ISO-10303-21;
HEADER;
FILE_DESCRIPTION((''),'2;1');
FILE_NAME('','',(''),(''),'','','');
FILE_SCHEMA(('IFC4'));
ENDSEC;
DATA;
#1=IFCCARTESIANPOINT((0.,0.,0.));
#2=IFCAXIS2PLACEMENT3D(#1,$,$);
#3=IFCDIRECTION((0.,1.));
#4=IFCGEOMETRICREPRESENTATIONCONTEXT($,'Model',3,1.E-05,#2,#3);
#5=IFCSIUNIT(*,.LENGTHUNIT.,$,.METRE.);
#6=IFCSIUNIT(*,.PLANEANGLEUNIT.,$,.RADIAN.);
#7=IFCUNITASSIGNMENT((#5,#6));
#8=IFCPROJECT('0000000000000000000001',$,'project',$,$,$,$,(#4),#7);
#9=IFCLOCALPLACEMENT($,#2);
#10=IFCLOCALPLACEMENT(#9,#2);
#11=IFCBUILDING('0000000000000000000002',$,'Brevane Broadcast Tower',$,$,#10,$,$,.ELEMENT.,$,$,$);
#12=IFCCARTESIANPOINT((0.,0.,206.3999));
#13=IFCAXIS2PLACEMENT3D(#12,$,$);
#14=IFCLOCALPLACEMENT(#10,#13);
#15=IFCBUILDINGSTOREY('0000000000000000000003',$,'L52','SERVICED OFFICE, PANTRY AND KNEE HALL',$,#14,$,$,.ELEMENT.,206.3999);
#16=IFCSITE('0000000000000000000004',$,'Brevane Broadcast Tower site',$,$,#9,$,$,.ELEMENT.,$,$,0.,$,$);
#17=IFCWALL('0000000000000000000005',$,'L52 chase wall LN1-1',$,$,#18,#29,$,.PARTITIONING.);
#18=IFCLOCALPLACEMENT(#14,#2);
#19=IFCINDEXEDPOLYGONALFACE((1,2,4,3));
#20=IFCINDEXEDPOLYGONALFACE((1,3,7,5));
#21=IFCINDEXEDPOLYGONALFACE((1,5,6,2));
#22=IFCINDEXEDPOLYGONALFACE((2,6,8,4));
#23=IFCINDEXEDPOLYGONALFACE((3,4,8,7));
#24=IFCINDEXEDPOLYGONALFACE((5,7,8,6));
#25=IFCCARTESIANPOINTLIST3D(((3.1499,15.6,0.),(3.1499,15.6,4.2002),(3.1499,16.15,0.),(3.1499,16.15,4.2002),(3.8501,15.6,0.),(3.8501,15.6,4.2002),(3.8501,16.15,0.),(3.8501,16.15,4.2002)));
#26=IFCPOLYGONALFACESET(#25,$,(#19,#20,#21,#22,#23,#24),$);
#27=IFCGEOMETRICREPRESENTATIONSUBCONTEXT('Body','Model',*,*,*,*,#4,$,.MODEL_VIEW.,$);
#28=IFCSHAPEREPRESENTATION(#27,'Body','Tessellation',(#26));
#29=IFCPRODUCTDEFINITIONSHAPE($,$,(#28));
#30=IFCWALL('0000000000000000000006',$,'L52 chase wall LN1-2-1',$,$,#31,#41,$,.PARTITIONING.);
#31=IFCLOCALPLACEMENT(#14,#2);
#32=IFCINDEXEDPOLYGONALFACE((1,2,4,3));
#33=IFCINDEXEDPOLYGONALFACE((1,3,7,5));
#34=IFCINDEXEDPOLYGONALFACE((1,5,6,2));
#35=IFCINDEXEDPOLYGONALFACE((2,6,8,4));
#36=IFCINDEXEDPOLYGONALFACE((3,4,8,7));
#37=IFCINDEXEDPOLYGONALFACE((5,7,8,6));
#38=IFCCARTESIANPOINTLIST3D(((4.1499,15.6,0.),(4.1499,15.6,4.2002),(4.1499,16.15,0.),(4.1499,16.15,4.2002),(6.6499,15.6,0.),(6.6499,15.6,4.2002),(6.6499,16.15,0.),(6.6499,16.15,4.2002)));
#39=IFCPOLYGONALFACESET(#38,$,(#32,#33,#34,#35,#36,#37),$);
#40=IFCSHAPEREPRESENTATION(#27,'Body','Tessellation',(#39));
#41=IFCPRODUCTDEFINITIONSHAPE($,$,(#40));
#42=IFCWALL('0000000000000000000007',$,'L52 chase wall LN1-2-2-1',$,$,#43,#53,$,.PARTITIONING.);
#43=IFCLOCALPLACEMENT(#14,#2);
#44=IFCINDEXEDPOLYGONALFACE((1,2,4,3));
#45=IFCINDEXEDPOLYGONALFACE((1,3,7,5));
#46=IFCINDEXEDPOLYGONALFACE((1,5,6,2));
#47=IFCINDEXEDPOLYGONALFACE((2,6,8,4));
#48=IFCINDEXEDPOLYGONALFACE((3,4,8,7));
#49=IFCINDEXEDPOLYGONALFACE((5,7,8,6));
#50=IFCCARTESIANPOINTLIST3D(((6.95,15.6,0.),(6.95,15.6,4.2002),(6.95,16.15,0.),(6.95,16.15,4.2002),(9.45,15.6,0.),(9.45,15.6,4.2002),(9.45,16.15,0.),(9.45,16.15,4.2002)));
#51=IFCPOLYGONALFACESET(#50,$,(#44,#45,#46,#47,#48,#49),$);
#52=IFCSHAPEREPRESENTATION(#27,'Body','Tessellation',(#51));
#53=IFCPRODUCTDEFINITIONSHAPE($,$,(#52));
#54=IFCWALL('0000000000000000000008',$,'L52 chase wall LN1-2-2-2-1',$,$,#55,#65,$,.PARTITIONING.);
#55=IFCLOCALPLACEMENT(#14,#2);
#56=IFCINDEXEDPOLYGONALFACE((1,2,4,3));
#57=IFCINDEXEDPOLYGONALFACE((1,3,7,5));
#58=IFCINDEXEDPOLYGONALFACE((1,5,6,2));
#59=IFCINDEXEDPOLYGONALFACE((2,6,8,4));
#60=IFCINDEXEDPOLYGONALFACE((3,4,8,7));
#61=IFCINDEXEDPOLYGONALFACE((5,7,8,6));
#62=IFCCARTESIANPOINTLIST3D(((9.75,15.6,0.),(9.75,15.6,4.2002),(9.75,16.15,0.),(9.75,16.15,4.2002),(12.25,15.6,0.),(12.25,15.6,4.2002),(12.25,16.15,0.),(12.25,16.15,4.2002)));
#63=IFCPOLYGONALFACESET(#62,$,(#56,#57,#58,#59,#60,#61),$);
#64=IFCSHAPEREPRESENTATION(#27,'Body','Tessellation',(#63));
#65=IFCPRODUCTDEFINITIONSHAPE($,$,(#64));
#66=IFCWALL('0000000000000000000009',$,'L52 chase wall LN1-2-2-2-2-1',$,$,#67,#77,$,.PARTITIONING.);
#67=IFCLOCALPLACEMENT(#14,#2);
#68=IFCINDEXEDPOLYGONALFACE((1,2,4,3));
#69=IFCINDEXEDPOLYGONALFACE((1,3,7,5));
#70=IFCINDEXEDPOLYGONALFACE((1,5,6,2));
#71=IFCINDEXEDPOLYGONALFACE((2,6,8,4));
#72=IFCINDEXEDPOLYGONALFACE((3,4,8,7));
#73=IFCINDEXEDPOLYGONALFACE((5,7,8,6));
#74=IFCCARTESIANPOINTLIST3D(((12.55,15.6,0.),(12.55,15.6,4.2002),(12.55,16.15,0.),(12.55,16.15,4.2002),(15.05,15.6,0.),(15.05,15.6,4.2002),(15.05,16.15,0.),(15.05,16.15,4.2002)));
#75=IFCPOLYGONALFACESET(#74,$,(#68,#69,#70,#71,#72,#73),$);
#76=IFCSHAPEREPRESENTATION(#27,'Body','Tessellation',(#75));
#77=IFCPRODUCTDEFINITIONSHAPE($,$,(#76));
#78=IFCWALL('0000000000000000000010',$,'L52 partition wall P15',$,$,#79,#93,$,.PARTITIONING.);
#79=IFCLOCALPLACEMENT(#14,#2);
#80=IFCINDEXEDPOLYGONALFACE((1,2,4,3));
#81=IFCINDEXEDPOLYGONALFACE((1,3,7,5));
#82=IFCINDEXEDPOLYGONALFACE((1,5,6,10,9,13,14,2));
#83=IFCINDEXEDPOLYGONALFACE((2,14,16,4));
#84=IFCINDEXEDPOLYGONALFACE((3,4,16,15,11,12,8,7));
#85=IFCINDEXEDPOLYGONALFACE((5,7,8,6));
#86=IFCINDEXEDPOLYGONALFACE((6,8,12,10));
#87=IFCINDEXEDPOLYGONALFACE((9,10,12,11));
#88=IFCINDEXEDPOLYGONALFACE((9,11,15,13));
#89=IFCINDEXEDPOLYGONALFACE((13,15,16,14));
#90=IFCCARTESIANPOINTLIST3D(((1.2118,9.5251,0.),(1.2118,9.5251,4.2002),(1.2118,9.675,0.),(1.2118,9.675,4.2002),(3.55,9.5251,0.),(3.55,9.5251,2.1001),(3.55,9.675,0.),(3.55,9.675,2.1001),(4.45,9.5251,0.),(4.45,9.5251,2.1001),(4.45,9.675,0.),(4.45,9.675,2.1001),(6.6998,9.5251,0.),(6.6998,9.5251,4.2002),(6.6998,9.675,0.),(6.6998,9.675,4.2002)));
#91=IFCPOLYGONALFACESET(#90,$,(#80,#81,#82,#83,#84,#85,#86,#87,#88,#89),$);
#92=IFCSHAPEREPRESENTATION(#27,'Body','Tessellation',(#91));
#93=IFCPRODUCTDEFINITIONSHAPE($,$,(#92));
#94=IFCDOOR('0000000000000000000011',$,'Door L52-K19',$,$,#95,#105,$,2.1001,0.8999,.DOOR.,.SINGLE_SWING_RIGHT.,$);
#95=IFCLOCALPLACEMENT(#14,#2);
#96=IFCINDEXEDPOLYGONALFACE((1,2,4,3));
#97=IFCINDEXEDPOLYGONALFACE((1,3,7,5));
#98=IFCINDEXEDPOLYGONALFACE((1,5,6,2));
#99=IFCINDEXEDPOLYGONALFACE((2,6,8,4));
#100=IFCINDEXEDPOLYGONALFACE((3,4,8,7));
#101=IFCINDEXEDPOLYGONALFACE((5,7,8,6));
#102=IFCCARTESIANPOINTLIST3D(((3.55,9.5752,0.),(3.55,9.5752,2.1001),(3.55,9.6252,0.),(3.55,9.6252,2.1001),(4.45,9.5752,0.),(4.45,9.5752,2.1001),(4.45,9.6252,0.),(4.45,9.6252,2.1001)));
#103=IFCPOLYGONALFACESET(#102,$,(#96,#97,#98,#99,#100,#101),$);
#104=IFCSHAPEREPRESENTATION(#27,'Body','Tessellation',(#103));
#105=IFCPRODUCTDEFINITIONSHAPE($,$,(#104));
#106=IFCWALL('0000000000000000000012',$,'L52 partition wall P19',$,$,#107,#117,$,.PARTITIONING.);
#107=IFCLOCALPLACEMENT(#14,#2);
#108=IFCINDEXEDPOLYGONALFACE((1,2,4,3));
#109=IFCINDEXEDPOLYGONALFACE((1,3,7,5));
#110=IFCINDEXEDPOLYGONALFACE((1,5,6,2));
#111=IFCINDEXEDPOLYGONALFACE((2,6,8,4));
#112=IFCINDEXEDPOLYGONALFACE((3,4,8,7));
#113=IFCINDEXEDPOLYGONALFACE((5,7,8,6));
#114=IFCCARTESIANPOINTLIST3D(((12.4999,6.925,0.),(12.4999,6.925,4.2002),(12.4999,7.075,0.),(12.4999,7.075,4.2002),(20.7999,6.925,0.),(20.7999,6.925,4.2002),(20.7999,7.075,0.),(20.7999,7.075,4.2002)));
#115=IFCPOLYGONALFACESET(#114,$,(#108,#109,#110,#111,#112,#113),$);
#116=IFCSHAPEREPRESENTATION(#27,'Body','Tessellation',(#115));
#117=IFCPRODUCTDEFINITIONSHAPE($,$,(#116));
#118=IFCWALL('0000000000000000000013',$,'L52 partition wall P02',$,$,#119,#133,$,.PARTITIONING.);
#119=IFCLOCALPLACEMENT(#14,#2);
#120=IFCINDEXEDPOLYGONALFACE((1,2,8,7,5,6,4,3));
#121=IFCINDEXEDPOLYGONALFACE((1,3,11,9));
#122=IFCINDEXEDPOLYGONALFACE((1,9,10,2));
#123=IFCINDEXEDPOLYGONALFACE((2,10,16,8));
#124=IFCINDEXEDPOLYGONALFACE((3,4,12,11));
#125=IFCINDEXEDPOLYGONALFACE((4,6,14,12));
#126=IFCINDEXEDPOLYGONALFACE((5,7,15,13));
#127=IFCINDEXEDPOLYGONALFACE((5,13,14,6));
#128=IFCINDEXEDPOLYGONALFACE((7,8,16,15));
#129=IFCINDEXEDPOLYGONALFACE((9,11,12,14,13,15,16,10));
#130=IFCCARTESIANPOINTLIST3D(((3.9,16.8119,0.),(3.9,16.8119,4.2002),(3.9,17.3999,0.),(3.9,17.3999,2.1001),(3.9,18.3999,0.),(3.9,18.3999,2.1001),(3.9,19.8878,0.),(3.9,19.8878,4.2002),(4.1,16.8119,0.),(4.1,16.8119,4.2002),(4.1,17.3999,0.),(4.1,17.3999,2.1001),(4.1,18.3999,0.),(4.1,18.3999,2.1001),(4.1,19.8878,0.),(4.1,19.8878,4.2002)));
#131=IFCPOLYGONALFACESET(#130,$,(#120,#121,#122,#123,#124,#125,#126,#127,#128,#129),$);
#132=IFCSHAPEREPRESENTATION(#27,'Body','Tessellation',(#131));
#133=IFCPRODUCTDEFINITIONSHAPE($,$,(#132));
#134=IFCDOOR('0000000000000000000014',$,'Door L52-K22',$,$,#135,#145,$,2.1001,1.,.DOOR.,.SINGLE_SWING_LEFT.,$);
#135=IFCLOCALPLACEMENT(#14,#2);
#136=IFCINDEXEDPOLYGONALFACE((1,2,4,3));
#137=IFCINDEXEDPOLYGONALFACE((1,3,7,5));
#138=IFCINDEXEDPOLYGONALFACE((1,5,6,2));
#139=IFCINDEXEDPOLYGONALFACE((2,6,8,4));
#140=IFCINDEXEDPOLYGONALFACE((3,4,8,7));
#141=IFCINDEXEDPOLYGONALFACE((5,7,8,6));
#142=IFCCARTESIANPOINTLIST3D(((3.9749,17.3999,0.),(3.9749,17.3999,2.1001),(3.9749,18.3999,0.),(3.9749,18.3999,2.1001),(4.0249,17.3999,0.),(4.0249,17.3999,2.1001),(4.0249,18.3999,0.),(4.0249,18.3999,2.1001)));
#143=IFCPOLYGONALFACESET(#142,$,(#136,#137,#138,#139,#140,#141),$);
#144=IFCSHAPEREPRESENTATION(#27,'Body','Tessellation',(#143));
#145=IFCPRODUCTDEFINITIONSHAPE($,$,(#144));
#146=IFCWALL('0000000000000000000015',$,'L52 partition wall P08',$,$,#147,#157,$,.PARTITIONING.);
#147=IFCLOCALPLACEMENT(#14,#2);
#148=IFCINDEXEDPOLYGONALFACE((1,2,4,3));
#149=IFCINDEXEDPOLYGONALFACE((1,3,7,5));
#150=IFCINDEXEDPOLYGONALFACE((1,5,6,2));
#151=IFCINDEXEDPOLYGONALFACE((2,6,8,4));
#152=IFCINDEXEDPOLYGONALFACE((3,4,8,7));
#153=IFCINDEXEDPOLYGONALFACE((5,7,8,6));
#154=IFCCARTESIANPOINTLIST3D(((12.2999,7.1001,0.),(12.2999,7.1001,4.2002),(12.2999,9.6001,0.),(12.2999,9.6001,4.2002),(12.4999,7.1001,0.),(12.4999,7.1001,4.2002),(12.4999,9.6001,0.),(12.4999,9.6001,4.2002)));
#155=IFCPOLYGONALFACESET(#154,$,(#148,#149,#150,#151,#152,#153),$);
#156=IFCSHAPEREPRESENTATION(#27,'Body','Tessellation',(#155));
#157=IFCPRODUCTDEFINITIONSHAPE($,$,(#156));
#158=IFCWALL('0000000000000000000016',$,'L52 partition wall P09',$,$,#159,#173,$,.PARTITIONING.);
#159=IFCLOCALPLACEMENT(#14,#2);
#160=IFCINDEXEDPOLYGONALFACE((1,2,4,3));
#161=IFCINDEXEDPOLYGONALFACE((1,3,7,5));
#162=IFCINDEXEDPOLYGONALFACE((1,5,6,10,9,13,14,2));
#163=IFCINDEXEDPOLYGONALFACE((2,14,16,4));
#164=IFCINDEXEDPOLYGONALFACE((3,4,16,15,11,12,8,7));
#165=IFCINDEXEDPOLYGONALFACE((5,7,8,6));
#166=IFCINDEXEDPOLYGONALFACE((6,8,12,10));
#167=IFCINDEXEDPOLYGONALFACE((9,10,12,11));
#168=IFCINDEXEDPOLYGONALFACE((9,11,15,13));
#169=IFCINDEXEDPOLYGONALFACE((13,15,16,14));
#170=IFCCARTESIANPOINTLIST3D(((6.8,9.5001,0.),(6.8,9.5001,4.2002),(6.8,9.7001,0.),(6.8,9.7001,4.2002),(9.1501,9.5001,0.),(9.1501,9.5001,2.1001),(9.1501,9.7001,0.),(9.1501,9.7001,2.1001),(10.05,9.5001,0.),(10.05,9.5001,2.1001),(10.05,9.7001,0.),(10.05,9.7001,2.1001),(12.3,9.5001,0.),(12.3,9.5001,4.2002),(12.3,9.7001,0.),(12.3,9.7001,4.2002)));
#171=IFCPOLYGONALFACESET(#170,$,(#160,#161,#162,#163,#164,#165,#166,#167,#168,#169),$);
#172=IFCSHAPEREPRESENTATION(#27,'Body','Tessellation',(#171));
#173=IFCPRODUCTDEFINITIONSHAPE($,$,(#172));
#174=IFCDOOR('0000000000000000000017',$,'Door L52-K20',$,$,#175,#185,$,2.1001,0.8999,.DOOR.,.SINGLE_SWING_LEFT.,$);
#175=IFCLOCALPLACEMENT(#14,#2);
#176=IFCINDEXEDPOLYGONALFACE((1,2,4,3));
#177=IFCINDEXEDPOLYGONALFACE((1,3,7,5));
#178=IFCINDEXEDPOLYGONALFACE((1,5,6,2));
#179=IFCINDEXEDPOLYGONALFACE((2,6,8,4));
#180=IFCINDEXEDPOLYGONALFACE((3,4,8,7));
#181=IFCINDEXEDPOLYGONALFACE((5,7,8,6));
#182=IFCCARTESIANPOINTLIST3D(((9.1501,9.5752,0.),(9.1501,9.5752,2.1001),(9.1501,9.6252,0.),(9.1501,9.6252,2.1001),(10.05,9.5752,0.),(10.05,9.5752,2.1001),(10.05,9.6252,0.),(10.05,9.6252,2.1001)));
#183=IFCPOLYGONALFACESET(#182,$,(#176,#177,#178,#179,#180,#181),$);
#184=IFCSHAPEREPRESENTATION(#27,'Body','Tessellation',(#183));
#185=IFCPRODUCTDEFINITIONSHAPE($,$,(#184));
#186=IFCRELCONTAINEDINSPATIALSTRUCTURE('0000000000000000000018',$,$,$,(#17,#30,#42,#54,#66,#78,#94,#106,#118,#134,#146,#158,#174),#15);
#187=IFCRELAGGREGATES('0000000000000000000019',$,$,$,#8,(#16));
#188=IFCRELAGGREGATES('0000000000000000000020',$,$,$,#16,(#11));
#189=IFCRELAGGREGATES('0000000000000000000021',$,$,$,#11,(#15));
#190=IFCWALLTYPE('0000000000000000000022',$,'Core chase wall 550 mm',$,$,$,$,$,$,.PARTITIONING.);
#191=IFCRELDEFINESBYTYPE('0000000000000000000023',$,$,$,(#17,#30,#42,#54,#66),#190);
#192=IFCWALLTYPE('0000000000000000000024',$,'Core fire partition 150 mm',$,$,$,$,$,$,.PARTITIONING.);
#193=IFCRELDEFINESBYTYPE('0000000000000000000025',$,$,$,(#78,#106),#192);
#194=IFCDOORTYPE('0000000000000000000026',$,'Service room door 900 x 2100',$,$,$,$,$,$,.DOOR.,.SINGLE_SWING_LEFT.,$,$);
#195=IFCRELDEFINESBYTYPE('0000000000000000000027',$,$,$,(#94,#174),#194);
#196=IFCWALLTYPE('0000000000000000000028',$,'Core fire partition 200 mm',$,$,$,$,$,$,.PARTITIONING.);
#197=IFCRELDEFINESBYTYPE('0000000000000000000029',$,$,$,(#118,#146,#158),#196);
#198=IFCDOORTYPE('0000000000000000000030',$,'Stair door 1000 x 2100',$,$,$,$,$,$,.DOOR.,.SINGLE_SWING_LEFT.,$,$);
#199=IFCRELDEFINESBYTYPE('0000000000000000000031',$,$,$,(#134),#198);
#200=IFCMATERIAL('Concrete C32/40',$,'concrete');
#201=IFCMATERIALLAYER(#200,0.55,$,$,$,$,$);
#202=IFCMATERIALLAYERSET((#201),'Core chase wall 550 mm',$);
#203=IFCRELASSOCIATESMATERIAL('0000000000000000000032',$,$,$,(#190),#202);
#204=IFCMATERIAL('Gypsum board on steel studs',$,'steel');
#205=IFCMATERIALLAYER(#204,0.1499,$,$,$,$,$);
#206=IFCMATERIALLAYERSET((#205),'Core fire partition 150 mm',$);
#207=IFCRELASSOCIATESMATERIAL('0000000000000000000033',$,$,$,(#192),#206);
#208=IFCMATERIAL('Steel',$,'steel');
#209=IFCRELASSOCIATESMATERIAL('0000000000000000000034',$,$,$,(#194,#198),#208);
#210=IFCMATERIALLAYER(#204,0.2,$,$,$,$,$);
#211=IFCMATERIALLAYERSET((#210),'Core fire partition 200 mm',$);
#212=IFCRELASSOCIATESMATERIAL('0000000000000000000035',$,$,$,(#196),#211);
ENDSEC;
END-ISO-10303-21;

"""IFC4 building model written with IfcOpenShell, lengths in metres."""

from ifc_helpers import new_model, si_unit, direction, frame, frame_2d, origin, place, context, subcontext, project, spatial, rectangle, extrude, material, layer, layer_set, type_object, element, fill, save


model = new_model("IFC4")

# Units and contexts
model_context = context("Model", 3, precision=1e-05, world=origin(), true_north=direction((0.0, 1.0)))
body_context = subcontext(model_context, "Body", "Model", "MODEL_VIEW")
ifc_project = project(units=[si_unit("LENGTHUNIT", "METRE"), si_unit("PLANEANGLEUNIT", "RADIAN")], contexts=[model_context])

# Site, building, storey
site_placement = place(None, origin())
site = spatial("IfcSite", under=ifc_project, at=site_placement, Name="Brevane Broadcast Tower site", CompositionType="ELEMENT", RefElevation=0.0)
building_placement = place(site_placement, origin())
building = spatial("IfcBuilding", under=site, at=building_placement, Name="Brevane Broadcast Tower", CompositionType="ELEMENT")
storey_placement = place(building_placement, frame((0.0, 0.0, 206.3999)))
storey = spatial("IfcBuildingStorey", under=building, at=storey_placement, Name="L52", Description="SERVICED OFFICE, PANTRY AND KNEE HALL", CompositionType="ELEMENT", Elevation=206.3999)

# Walls
ifc_material_1 = material(Name="Concrete C32/40", Category="concrete")
ifc_layer_1 = layer(ifc_material_1, 0.55)
ifc_layer_set_1 = layer_set([ifc_layer_1], Name="Core chase wall 550 mm")
wall_type_1 = type_object("IfcWallType", Name="Core chase wall 550 mm", PredefinedType="PARTITIONING", material=ifc_layer_set_1)
wall_1_placement = place(storey_placement, frame((3.1499, 15.875, 0.0), z_axis=(0.0, 0.0, 1.0), x_axis=(1.0, 0.0, 0.0)))
element("IfcWall", 1, at=wall_1_placement, inside=storey, type_object=wall_type_1, Name="L52 chase wall LN1-1", PredefinedType="PARTITIONING", context=body_context, shape_type="SweptSolid", body=[
    extrude(rectangle(XDim=0.7002, YDim=0.55, at=frame_2d((0.3501, 0.0))), origin(), (0.0, 0.0, 1.0), 4.2002),
])
for number, where, z_axis, x_axis, name in (
    (2, (4.1499, 15.875, 0.0), (0.0, 0.0, 1.0), (1.0, 0.0, 0.0), "L52 chase wall LN1-2-1"),
    (3, (6.95, 15.875, 0.0), (0.0, 0.0, 1.0), (1.0, 0.0, 0.0), "L52 chase wall LN1-2-2-1"),
    (4, (9.75, 15.875, 0.0), (0.0, 0.0, 1.0), (1.0, 0.0, 0.0), "L52 chase wall LN1-2-2-2-1"),
    (5, (12.55, 15.875, 0.0), (0.0, 0.0, 1.0), (1.0, 0.0, 0.0), "L52 chase wall LN1-2-2-2-2-1"),
):
    element("IfcWall", number, at=place(storey_placement, frame(where, z_axis=z_axis, x_axis=x_axis)), inside=storey, type_object=wall_type_1, Name=name, PredefinedType="PARTITIONING", context=body_context, shape_type="SweptSolid", body=[
        extrude(rectangle(XDim=2.5, YDim=0.55, at=frame_2d((1.25, 0.0))), origin(), (0.0, 0.0, 1.0), 4.2002),
    ])

# Wall, opening, door
ifc_material_2 = material(Name="Gypsum board on steel studs", Category="steel")
ifc_layer_2 = layer(ifc_material_2, 0.1499)
ifc_layer_set_2 = layer_set([ifc_layer_2], Name="Core fire partition 150 mm")
wall_type_2 = type_object("IfcWallType", Name="Core fire partition 150 mm", PredefinedType="PARTITIONING", material=ifc_layer_set_2)
wall_2_placement = place(storey_placement, frame((6.7, 9.6001, 0.0), z_axis=(0.0, 0.0, 1.0), x_axis=(-1.0, 0.0, 0.0)))
wall_2 = element("IfcWall", 6, at=wall_2_placement, inside=storey, type_object=wall_type_2, Name="L52 partition wall P15", PredefinedType="PARTITIONING", context=body_context, shape_type="SweptSolid", body=[
    extrude(rectangle(XDim=5.488, YDim=0.1499, at=frame_2d((2.7441, 0.0))), origin(), (0.0, 0.0, 1.0), 4.2002),
])
opening_1_placement = place(wall_2_placement, frame((2.25, 0.0, 0.0)))
opening_1 = element("IfcOpeningElement", 7, at=opening_1_placement, cuts=wall_2, PredefinedType="OPENING", context=body_context, shape_type="SweptSolid", body=[
    extrude(rectangle(XDim=0.8999, YDim=2.1001, at=frame_2d((0.45, 1.05))), frame((0.0, 0.085, 0.0), z_axis=(0.0, -1.0, 0.0), x_axis=(1.0, 0.0, 0.0)), (0.0, 0.0, 1.0), 0.1699),
])
ifc_material_3 = material(Name="Steel", Category="steel")
door_type_1 = type_object("IfcDoorType", Name="Service room door 900 x 2100", OperationType="SINGLE_SWING_LEFT", PredefinedType="DOOR", material=ifc_material_3)
door_1_placement = place(opening_1_placement, origin())
door_1 = element("IfcDoor", 8, at=door_1_placement, inside=storey, type_object=door_type_1, Name="Door L52-K19", OperationType="SINGLE_SWING_RIGHT", OverallHeight=2.1001, OverallWidth=0.8999, PredefinedType="DOOR", context=body_context, shape_type="SweptSolid", body=[
    extrude(rectangle(XDim=0.8999, YDim=2.1001, at=frame_2d((0.45, 1.05))), frame((0.0, 0.0249, 0.0), z_axis=(0.0, -1.0, 0.0), x_axis=(1.0, 0.0, 0.0)), (0.0, 0.0, 1.0), 0.05),
])
fill(opening_1, door_1)

# Wall
wall_3_placement = place(storey_placement, frame((12.5, 7.0, 0.0), z_axis=(0.0, 0.0, 1.0), x_axis=(1.0, 0.0, 0.0)))
element("IfcWall", 9, at=wall_3_placement, inside=storey, type_object=wall_type_2, Name="L52 partition wall P19", PredefinedType="PARTITIONING", context=body_context, shape_type="SweptSolid", body=[
    extrude(rectangle(XDim=8.3, YDim=0.1499, at=frame_2d((4.1499, 0.0))), origin(), (0.0, 0.0, 1.0), 4.2002),
])

# Wall, opening, door
ifc_layer_3 = layer(ifc_material_2, 0.2)
ifc_layer_set_3 = layer_set([ifc_layer_3], Name="Core fire partition 200 mm")
wall_type_3 = type_object("IfcWallType", Name="Core fire partition 200 mm", PredefinedType="PARTITIONING", material=ifc_layer_set_3)
wall_4_placement = place(storey_placement, frame((4.0, 19.8879, 0.0), z_axis=(0.0, 0.0, 1.0), x_axis=(0.0, -1.0, 0.0)))
wall_4 = element("IfcWall", 10, at=wall_4_placement, inside=storey, type_object=wall_type_3, Name="L52 partition wall P02", PredefinedType="PARTITIONING", context=body_context, shape_type="SweptSolid", body=[
    extrude(rectangle(XDim=3.0759, YDim=0.2, at=frame_2d((1.5381, 0.0))), origin(), (0.0, 0.0, 1.0), 4.2002),
])
opening_2_placement = place(wall_4_placement, frame((1.488, 0.0, 0.0)))
opening_2 = element("IfcOpeningElement", 11, at=opening_2_placement, cuts=wall_4, PredefinedType="OPENING", context=body_context, shape_type="SweptSolid", body=[
    extrude(rectangle(XDim=1.0, YDim=2.1001, at=frame_2d((0.5, 1.05))), frame((0.0, 0.1099, 0.0), z_axis=(0.0, -1.0, 0.0), x_axis=(1.0, 0.0, 0.0)), (0.0, 0.0, 1.0), 0.22),
])
door_type_2 = type_object("IfcDoorType", Name="Stair door 1000 x 2100", OperationType="SINGLE_SWING_LEFT", PredefinedType="DOOR", material=ifc_material_3)
door_2_placement = place(opening_2_placement, origin())
door_2 = element("IfcDoor", 12, at=door_2_placement, inside=storey, type_object=door_type_2, Name="Door L52-K22", OperationType="SINGLE_SWING_LEFT", OverallHeight=2.1001, OverallWidth=1.0, PredefinedType="DOOR", context=body_context, shape_type="SweptSolid", body=[
    extrude(rectangle(XDim=1.0, YDim=2.1001, at=frame_2d((0.5, 1.05))), frame((0.0, 0.0249, 0.0), z_axis=(0.0, -1.0, 0.0), x_axis=(1.0, 0.0, 0.0)), (0.0, 0.0, 1.0), 0.05),
])
fill(opening_2, door_2)

# Wall
wall_5_placement = place(storey_placement, frame((12.3999, 7.1001, 0.0), z_axis=(0.0, 0.0, 1.0), x_axis=(0.0, 1.0, 0.0)))
element("IfcWall", 13, at=wall_5_placement, inside=storey, type_object=wall_type_3, Name="L52 partition wall P08", PredefinedType="PARTITIONING", context=body_context, shape_type="SweptSolid", body=[
    extrude(rectangle(XDim=2.5, YDim=0.2, at=frame_2d((1.25, 0.0))), origin(), (0.0, 0.0, 1.0), 4.2002),
])

# Wall, opening, door
wall_6_placement = place(storey_placement, frame((12.3, 9.6001, 0.0), z_axis=(0.0, 0.0, 1.0), x_axis=(-1.0, 0.0, 0.0)))
wall_6 = element("IfcWall", 14, at=wall_6_placement, inside=storey, type_object=wall_type_3, Name="L52 partition wall P09", PredefinedType="PARTITIONING", context=body_context, shape_type="SweptSolid", body=[
    extrude(rectangle(XDim=5.5, YDim=0.2, at=frame_2d((2.75, 0.0))), origin(), (0.0, 0.0, 1.0), 4.2002),
])
opening_3_placement = place(wall_6_placement, frame((2.25, 0.0, 0.0)))
opening_3 = element("IfcOpeningElement", 15, at=opening_3_placement, cuts=wall_6, PredefinedType="OPENING", context=body_context, shape_type="SweptSolid", body=[
    extrude(rectangle(XDim=0.8999, YDim=2.1001, at=frame_2d((0.45, 1.05))), frame((0.0, 0.1099, 0.0), z_axis=(0.0, -1.0, 0.0), x_axis=(1.0, 0.0, 0.0)), (0.0, 0.0, 1.0), 0.22),
])
door_3_placement = place(opening_3_placement, origin())
door_3 = element("IfcDoor", 16, at=door_3_placement, inside=storey, type_object=door_type_1, Name="Door L52-K20", OperationType="SINGLE_SWING_LEFT", OverallHeight=2.1001, OverallWidth=0.8999, PredefinedType="DOOR", context=body_context, shape_type="SweptSolid", body=[
    extrude(rectangle(XDim=0.8999, YDim=2.1001, at=frame_2d((0.45, 1.05))), frame((0.0, 0.0249, 0.0), z_axis=(0.0, -1.0, 0.0), x_axis=(1.0, 0.0, 0.0)), (0.0, 0.0, 1.0), 0.05),
])
fill(opening_3, door_3)

save(model, "model.ifc")
